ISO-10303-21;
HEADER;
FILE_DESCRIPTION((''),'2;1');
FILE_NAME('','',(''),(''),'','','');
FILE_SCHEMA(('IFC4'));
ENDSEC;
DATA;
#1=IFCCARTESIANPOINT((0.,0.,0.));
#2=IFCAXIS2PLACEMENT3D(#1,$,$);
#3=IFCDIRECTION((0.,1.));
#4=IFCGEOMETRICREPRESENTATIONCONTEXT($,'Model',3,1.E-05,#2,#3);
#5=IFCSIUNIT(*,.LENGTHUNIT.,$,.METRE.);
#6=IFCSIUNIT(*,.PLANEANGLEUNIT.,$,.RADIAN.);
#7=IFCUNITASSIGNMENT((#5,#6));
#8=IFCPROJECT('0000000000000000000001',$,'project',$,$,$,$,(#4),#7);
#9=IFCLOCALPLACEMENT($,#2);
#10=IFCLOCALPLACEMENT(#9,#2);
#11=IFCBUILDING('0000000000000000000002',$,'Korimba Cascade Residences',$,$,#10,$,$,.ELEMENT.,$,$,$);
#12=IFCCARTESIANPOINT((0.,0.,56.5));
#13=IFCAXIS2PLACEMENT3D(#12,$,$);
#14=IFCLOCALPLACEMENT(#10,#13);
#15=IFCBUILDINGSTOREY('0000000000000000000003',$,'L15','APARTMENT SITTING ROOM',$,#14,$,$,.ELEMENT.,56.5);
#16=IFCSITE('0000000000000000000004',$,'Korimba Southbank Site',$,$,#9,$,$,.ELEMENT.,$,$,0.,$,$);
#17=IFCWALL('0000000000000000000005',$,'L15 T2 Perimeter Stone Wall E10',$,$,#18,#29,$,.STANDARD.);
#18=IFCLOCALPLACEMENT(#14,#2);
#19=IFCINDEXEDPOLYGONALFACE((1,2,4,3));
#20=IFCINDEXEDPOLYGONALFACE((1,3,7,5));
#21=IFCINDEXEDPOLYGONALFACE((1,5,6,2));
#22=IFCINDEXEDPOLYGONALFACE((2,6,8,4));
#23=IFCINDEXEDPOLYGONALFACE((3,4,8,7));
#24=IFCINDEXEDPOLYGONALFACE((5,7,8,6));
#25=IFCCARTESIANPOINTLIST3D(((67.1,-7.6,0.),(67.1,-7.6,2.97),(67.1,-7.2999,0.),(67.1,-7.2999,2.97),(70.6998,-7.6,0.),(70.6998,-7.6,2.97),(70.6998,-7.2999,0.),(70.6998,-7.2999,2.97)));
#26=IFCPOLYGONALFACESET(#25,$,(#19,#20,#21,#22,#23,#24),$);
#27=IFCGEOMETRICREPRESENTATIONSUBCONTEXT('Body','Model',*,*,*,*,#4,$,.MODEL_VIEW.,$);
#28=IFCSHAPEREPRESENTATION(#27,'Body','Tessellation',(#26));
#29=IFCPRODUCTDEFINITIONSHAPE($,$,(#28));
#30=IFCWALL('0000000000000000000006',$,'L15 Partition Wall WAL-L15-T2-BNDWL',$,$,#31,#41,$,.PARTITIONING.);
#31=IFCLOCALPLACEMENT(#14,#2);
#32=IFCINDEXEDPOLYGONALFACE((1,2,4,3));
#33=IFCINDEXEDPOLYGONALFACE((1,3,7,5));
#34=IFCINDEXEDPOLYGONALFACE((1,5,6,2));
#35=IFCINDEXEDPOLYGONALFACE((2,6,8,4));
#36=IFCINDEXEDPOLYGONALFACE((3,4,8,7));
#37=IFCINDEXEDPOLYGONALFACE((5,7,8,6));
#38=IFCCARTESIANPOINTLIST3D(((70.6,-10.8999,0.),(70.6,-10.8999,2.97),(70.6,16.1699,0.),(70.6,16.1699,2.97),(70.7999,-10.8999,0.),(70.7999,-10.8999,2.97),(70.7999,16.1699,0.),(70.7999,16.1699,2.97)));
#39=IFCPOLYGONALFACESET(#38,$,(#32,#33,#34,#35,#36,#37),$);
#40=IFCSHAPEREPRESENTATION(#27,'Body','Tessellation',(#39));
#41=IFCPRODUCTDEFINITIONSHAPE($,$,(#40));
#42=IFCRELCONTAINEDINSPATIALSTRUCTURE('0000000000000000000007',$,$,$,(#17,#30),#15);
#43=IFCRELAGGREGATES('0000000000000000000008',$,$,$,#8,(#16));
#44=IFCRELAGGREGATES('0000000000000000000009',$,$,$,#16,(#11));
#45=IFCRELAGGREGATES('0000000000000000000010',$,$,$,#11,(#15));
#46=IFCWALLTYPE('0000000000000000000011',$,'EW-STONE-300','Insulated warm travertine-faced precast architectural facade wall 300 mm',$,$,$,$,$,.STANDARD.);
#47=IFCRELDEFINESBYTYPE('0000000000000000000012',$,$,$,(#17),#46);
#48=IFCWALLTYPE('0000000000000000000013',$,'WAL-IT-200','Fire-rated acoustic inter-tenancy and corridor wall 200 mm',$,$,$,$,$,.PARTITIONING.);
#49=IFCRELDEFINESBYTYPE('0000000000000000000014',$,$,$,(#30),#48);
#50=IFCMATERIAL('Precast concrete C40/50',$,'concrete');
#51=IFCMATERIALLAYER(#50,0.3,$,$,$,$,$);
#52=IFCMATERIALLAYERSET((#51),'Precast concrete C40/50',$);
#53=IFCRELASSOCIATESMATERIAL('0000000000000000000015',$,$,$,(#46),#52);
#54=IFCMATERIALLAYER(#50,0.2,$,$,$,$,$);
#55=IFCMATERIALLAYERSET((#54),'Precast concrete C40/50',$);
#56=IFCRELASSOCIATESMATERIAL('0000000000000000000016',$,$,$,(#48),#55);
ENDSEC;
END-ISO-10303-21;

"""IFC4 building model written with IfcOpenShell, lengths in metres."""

from ifc_helpers import new_model, si_unit, direction, frame, frame_2d, origin, place, context, subcontext, project, spatial, rectangle, extrude, material, layer, layer_set, type_object, element, save


model = new_model("IFC4")

# Units and contexts
model_context = context("Model", 3, precision=1e-05, world=origin(), true_north=direction((0.0, 1.0)))
body_context = subcontext(model_context, "Body", "Model", "MODEL_VIEW")
ifc_project = project(units=[si_unit("LENGTHUNIT", "METRE"), si_unit("PLANEANGLEUNIT", "RADIAN")], contexts=[model_context])

# Site, building, storey
site_placement = place(None, origin())
site = spatial("IfcSite", under=ifc_project, at=site_placement, Name="Korimba Southbank Site", CompositionType="ELEMENT", RefElevation=0.0)
building_placement = place(site_placement, origin())
building = spatial("IfcBuilding", under=site, at=building_placement, Name="Korimba Cascade Residences", CompositionType="ELEMENT")
storey_placement = place(building_placement, frame((0.0, 0.0, 56.5)))
storey = spatial("IfcBuildingStorey", under=building, at=storey_placement, Name="L15", Description="APARTMENT SITTING ROOM", CompositionType="ELEMENT", Elevation=56.5)

# Shared definitions
ifc_material_1 = material(Name="Precast concrete C40/50", Category="concrete")

# Walls
ifc_layer_1 = layer(ifc_material_1, 0.3)
ifc_layer_set_1 = layer_set([ifc_layer_1], Name="Precast concrete C40/50")
wall_type_1 = type_object("IfcWallType", Name="EW-STONE-300", Description="Insulated warm travertine-faced precast architectural facade wall 300 mm", PredefinedType="STANDARD", material=ifc_layer_set_1)
wall_1_placement = place(storey_placement, frame((67.1001, -7.45, 0.0), z_axis=(0.0, 0.0, 1.0), x_axis=(1.0, 0.0, 0.0)))
element("IfcWall", 1, at=wall_1_placement, inside=storey, type_object=wall_type_1, Name="L15 T2 Perimeter Stone Wall E10", PredefinedType="STANDARD", context=body_context, shape_type="SweptSolid", body=[
    extrude(rectangle(XDim=3.5999, YDim=0.3, at=frame_2d((1.7998, 0.0))), origin(), (0.0, 0.0, 1.0), 2.97),
])
ifc_layer_2 = layer(ifc_material_1, 0.2)
ifc_layer_set_2 = layer_set([ifc_layer_2], Name="Precast concrete C40/50")
wall_type_2 = type_object("IfcWallType", Name="WAL-IT-200", Description="Fire-rated acoustic inter-tenancy and corridor wall 200 mm", PredefinedType="PARTITIONING", material=ifc_layer_set_2)
wall_2_placement = place(storey_placement, frame((70.7, -10.8999, 0.0), z_axis=(0.0, 0.0, 1.0), x_axis=(0.0, 1.0, 0.0)))
element("IfcWall", 2, at=wall_2_placement, inside=storey, type_object=wall_type_2, Name="L15 Partition Wall WAL-L15-T2-BNDWL", PredefinedType="PARTITIONING", context=body_context, shape_type="SweptSolid", body=[
    extrude(rectangle(XDim=27.0698, YDim=0.2, at=frame_2d((13.5349, 0.0))), origin(), (0.0, 0.0, 1.0), 2.97),
])

save(model, "model.ifc")
